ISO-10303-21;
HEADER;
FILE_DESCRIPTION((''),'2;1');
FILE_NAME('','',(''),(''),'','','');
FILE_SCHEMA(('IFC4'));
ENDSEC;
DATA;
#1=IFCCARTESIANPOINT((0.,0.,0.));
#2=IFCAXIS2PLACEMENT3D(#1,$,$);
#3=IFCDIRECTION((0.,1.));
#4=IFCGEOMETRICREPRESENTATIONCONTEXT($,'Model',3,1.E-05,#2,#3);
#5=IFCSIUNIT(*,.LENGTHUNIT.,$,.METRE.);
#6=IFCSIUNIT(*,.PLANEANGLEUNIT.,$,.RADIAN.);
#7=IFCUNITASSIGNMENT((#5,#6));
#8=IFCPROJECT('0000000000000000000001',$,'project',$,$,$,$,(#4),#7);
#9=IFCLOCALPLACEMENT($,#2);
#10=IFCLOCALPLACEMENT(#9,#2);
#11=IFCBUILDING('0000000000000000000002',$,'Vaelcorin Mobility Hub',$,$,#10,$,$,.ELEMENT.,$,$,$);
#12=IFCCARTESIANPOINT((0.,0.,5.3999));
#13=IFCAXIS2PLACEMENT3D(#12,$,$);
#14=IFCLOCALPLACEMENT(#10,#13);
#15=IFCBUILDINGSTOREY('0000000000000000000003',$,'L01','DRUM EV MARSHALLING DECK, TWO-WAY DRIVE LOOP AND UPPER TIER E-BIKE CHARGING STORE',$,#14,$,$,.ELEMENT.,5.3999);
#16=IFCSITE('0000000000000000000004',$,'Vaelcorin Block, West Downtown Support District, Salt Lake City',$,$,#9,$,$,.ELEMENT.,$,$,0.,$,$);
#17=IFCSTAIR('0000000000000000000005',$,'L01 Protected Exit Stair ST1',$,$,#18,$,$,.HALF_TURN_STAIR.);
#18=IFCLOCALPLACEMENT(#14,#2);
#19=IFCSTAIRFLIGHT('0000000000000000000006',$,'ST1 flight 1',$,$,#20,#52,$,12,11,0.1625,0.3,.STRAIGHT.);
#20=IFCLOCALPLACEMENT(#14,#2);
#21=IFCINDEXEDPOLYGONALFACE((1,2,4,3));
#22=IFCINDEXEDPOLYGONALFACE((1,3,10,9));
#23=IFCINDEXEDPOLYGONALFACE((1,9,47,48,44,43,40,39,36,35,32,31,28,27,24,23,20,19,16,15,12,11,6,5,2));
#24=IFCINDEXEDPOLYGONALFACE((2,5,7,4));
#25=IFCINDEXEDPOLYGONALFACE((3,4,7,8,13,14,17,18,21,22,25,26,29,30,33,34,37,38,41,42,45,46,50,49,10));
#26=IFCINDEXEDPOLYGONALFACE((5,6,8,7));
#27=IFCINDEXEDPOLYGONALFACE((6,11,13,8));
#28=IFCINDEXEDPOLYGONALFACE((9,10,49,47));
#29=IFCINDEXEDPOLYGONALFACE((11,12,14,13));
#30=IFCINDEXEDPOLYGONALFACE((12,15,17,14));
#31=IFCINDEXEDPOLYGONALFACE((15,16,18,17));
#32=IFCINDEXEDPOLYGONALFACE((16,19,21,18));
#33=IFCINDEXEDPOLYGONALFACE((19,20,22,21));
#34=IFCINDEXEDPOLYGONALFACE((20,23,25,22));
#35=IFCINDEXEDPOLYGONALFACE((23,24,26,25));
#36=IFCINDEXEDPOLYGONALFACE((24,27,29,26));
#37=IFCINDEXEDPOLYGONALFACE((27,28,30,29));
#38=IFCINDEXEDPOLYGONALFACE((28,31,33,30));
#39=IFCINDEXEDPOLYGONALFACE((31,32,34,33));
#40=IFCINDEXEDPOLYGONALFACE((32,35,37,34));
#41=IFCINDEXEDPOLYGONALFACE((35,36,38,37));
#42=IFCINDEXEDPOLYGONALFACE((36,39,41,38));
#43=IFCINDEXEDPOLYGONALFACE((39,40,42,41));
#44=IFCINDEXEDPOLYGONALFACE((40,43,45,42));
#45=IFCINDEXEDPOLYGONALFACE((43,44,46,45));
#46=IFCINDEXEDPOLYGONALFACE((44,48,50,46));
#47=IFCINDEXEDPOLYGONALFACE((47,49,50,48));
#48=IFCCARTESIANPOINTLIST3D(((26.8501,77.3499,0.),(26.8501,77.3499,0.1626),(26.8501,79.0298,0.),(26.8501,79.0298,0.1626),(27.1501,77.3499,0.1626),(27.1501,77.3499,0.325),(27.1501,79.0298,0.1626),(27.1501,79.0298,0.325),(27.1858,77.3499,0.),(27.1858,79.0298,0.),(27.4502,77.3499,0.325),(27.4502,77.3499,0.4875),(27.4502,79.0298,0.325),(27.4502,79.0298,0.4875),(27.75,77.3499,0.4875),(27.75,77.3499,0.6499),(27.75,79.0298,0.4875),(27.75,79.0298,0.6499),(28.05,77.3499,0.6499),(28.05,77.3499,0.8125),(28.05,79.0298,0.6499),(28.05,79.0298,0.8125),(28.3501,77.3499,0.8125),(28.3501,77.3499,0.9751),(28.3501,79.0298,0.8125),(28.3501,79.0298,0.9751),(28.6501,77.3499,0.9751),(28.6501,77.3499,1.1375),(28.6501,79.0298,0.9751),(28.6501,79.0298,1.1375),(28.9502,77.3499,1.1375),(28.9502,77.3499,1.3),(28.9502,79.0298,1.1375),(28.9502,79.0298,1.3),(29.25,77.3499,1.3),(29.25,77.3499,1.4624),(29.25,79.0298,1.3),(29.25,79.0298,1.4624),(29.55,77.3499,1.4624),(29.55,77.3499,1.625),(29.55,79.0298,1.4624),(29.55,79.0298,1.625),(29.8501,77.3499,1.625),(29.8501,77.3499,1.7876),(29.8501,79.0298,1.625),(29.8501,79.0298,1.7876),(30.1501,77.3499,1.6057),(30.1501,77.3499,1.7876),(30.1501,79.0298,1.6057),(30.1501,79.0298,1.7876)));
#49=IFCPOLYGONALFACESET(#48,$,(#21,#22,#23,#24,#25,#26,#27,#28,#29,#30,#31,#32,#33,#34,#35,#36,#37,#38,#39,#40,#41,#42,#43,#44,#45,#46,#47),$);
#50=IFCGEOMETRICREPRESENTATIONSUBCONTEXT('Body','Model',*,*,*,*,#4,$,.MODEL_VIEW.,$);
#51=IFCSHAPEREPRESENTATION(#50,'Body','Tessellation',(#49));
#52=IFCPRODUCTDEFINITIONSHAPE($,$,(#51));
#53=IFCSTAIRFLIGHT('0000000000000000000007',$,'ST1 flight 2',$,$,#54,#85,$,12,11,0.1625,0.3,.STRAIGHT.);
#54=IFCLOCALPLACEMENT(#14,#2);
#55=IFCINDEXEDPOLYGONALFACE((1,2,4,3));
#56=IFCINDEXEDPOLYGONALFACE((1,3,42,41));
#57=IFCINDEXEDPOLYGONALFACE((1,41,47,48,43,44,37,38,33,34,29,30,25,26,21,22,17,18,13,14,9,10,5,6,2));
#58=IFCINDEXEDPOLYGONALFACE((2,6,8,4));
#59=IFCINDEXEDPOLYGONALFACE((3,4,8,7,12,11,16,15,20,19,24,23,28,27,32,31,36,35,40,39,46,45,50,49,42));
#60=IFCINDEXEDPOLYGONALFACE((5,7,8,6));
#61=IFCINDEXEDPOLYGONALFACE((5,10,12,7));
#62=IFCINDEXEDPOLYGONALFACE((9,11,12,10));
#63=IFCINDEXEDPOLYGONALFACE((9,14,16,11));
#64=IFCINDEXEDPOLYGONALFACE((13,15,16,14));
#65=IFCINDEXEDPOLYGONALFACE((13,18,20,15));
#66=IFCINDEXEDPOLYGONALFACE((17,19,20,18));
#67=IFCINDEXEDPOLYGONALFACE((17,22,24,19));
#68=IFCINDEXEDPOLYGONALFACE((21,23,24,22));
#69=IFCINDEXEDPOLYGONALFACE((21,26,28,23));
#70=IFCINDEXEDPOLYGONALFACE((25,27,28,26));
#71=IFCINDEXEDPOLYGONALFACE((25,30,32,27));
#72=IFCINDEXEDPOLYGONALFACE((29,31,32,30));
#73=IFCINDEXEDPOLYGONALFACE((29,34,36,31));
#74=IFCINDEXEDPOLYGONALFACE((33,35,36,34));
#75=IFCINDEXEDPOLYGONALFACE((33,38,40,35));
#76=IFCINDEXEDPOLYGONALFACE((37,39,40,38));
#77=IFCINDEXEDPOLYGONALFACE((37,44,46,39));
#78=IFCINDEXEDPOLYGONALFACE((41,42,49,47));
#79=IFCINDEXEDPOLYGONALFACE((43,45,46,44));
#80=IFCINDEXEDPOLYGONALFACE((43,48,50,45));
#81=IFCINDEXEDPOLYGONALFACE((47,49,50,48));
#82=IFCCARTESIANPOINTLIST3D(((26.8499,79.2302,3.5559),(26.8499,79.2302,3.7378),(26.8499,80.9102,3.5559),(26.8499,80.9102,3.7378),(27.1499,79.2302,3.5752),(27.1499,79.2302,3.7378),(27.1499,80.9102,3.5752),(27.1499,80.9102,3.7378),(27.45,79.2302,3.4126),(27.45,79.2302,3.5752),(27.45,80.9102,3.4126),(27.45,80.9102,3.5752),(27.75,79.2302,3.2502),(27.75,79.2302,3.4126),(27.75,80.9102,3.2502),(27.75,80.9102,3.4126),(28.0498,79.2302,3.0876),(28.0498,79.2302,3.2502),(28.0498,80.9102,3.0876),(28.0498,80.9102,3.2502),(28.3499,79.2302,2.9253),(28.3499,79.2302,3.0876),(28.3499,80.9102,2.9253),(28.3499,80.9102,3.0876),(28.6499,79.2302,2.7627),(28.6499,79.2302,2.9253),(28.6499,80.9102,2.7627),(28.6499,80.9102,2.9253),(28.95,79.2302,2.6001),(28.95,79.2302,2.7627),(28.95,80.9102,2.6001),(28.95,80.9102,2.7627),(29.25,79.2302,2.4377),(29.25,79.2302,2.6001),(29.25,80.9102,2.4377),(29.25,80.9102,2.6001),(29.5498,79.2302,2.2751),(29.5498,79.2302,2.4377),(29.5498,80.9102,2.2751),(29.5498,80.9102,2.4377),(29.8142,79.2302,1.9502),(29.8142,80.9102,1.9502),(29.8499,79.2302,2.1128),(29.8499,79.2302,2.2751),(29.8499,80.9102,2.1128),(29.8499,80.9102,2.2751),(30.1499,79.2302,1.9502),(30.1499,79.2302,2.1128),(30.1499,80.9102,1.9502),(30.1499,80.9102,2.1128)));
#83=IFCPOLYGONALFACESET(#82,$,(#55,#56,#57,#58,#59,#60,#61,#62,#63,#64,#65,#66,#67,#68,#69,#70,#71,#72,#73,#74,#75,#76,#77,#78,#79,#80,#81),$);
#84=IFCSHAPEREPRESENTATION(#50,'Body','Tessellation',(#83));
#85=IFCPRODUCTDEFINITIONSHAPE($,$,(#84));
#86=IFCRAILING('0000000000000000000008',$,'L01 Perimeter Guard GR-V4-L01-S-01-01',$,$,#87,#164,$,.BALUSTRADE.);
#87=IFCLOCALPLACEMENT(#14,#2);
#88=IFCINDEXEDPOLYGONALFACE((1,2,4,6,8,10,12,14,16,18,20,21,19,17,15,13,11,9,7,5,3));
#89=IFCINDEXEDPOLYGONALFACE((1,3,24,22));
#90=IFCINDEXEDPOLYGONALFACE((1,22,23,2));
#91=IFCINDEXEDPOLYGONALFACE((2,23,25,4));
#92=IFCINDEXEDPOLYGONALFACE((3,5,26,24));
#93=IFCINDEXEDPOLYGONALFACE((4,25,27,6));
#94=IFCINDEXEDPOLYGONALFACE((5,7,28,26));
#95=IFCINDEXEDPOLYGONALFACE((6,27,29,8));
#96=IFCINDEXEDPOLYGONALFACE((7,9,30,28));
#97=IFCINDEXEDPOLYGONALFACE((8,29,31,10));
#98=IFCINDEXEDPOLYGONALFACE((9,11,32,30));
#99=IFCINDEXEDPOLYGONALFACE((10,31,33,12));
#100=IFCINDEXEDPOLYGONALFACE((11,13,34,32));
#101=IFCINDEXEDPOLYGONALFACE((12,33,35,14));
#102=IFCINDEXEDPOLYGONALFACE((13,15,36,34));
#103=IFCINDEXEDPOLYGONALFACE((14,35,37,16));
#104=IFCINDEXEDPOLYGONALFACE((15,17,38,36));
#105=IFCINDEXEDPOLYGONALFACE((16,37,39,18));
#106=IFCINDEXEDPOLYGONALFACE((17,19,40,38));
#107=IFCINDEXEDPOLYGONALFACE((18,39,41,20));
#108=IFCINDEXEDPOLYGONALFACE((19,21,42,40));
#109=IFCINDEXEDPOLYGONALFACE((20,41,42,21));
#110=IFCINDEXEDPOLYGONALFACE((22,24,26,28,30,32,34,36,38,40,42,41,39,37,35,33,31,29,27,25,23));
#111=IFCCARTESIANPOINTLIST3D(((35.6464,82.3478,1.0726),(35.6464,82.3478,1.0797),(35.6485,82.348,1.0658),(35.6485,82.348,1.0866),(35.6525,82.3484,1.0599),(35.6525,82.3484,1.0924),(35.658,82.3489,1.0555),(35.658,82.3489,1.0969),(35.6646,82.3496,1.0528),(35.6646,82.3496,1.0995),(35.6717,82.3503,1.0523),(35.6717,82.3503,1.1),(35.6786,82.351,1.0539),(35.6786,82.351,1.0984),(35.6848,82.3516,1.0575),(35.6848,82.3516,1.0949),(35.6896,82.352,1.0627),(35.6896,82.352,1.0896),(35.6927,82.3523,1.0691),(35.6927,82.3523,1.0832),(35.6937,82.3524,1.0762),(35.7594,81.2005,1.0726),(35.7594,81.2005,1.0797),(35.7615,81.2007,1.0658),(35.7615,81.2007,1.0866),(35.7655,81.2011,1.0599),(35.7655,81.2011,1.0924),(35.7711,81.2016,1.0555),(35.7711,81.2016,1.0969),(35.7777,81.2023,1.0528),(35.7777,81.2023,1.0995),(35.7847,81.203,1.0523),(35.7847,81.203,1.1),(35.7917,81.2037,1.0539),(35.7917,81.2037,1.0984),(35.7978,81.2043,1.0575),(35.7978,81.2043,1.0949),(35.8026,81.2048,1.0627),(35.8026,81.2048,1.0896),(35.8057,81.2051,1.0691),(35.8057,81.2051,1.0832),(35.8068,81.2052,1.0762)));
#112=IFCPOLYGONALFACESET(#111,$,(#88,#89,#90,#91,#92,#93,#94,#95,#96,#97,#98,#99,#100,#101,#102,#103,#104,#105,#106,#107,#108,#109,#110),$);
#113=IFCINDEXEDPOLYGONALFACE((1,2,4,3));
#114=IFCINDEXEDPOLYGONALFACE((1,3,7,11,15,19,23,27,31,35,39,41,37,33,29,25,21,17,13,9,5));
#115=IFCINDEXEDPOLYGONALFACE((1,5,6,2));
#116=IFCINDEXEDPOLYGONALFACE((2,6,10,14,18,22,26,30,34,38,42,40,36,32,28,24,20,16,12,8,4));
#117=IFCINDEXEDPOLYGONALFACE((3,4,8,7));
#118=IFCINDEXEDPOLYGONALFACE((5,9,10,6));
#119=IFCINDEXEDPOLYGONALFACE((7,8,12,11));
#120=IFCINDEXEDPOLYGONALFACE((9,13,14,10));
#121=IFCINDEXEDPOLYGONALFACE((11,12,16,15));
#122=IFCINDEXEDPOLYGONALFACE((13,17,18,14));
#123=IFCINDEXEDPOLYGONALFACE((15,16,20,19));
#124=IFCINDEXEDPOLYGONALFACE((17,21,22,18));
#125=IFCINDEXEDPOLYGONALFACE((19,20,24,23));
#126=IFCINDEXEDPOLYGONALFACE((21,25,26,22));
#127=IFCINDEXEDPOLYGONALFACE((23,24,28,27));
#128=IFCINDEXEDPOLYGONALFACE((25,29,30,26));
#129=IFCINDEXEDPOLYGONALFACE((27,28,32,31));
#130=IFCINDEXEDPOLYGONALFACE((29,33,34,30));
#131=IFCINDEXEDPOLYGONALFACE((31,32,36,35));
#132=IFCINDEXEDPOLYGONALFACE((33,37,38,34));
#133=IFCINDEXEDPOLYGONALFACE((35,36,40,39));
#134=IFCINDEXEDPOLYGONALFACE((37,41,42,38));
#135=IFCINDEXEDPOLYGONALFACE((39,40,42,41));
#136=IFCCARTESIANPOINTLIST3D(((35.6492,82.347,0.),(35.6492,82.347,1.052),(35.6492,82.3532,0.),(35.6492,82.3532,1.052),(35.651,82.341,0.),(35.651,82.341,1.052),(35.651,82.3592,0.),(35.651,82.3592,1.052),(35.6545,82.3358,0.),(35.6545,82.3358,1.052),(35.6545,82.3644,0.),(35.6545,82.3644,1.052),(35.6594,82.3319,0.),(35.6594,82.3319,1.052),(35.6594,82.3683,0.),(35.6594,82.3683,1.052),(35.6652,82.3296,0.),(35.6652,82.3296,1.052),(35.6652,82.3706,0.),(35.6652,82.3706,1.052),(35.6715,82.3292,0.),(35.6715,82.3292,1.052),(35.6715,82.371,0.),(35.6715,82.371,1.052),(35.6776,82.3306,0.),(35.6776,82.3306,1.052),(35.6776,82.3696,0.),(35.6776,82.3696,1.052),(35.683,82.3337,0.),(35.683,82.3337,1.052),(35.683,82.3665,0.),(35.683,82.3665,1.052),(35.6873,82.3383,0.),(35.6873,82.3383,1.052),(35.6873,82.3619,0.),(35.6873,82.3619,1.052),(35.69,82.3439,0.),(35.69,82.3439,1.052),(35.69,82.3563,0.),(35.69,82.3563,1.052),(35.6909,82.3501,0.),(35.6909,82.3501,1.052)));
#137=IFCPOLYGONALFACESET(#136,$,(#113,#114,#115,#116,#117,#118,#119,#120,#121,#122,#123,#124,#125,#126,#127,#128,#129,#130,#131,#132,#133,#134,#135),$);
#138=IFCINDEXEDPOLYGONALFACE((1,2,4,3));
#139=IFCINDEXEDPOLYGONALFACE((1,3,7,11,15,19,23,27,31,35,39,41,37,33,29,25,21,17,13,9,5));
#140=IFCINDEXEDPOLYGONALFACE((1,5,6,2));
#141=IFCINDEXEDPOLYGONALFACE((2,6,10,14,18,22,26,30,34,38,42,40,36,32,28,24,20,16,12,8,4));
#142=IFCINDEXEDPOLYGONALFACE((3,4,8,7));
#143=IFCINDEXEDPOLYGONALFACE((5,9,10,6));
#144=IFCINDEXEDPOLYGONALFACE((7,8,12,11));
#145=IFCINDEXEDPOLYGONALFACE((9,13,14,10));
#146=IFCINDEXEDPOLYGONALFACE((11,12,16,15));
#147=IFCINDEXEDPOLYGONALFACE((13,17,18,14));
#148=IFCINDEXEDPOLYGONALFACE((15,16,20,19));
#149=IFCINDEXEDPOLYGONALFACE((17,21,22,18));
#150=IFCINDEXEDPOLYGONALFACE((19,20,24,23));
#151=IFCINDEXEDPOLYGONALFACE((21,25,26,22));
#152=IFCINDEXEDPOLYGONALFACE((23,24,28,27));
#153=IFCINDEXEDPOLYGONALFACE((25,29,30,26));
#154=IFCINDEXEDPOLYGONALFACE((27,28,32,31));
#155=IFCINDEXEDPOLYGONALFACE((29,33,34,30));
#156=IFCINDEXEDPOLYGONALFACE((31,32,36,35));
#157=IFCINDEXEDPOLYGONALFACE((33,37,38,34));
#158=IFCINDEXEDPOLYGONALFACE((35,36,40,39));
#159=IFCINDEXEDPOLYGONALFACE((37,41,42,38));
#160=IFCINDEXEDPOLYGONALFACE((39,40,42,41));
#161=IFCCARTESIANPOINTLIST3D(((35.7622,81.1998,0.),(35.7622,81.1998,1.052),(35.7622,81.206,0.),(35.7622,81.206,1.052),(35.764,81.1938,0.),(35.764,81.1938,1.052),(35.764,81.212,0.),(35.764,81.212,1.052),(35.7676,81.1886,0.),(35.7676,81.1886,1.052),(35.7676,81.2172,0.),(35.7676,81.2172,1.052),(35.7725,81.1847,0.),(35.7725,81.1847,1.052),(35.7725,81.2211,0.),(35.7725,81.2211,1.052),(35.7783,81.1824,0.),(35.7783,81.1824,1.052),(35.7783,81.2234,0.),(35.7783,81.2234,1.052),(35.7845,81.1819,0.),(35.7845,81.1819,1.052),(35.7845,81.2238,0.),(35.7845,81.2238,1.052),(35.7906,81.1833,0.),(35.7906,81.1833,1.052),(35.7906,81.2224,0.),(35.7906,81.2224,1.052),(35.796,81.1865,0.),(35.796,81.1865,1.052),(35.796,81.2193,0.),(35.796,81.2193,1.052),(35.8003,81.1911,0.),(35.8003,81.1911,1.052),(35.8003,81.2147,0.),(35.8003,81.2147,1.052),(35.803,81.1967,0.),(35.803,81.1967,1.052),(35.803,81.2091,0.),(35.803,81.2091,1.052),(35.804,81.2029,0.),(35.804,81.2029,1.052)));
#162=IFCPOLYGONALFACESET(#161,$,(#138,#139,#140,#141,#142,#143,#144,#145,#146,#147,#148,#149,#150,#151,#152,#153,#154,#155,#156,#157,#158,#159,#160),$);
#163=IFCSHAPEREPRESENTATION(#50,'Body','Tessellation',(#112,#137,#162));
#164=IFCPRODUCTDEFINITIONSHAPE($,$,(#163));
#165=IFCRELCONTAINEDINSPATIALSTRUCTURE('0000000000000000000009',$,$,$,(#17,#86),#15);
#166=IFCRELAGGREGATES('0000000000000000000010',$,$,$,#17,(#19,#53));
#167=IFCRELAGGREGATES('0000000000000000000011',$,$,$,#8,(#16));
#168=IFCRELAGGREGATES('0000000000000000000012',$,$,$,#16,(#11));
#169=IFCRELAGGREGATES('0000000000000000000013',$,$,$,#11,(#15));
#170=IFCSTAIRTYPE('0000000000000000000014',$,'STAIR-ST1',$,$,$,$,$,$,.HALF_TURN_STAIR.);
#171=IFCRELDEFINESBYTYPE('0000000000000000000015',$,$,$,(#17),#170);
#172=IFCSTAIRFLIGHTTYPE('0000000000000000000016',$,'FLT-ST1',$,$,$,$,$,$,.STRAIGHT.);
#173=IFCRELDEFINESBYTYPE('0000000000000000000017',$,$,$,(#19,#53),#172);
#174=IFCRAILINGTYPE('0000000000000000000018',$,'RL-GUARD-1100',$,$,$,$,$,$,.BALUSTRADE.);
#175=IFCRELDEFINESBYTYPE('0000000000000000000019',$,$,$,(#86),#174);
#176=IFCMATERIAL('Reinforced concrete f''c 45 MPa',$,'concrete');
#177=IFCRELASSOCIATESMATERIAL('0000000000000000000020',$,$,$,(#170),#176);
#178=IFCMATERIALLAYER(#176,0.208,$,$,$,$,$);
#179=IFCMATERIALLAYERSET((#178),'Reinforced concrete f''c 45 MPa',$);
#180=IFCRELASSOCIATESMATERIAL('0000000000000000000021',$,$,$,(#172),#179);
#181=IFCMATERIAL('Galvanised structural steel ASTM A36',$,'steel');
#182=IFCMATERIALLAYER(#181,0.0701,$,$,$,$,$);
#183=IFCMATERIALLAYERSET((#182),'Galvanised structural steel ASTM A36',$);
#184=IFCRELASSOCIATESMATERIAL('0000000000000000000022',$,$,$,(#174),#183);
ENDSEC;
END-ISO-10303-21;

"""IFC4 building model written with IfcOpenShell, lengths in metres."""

from ifc_helpers import new_model, si_unit, direction, frame, origin, origin_2d, place, context, subcontext, project, spatial, polyline, circle, outline, extrude, material, layer, layer_set, type_object, element, aggregate, save


model = new_model("IFC4")

# Units and contexts
model_context = context("Model", 3, precision=1e-05, world=origin(), true_north=direction((0.0, 1.0)))
body_context = subcontext(model_context, "Body", "Model", "MODEL_VIEW")
ifc_project = project(units=[si_unit("LENGTHUNIT", "METRE"), si_unit("PLANEANGLEUNIT", "RADIAN")], contexts=[model_context])

# Site, building, storey
site_placement = place(None, origin())
site = spatial("IfcSite", under=ifc_project, at=site_placement, Name="Vaelcorin Block, West Downtown Support District, Salt Lake City", CompositionType="ELEMENT", RefElevation=0.0)
building_placement = place(site_placement, origin())
building = spatial("IfcBuilding", under=site, at=building_placement, Name="Vaelcorin Mobility Hub", CompositionType="ELEMENT")
storey_placement = place(building_placement, frame((0.0, 0.0, 5.3999)))
storey = spatial("IfcBuildingStorey", under=building, at=storey_placement, Name="L01", Description="DRUM EV MARSHALLING DECK, TWO-WAY DRIVE LOOP AND UPPER TIER E-BIKE CHARGING STORE", CompositionType="ELEMENT", Elevation=5.3999)

# Shared definitions
ifc_material_1 = material(Name="Reinforced concrete f'c 45 MPa", Category="concrete")

# Stair, stair flights
stair_type = type_object("IfcStairType", Name="STAIR-ST1", PredefinedType="HALF_TURN_STAIR", material=ifc_material_1)
stair_placement = place(storey_placement, origin())
stair = element("IfcStair", 1, at=stair_placement, inside=storey, type_object=stair_type, Name="L01 Protected Exit Stair ST1", PredefinedType="HALF_TURN_STAIR")
ifc_layer_1 = layer(ifc_material_1, 0.208)
ifc_layer_set_1 = layer_set([ifc_layer_1], Name="Reinforced concrete f'c 45 MPa")
stair_flight_type = type_object("IfcStairFlightType", Name="FLT-ST1", PredefinedType="STRAIGHT", material=ifc_layer_set_1)
stair_flight_1_placement = place(storey_placement, frame((26.8501, 78.1899, 0.0), z_axis=(0.0, 0.0, 1.0), x_axis=(1.0, 0.0, 0.0)))
stair_flight_1 = element("IfcStairFlight", 2, at=stair_flight_1_placement, type_object=stair_flight_type, Name="ST1 flight 1", NumberOfRisers=12, NumberOfTreads=11, PredefinedType="STRAIGHT", RiserHeight=0.1625, TreadLength=0.3, context=body_context, shape_type="SweptSolid", body=[
    extrude(outline(polyline([(0.0, 0.0), (0.0, 0.1626), (0.3, 0.1626), (0.3, 0.325), (0.6001, 0.325), (0.6001, 0.4875), (0.8999, 0.4875), (0.8999, 0.6499), (1.2, 0.6499), (1.2, 0.8125), (1.5, 0.8125), (1.5, 0.9751), (1.8, 0.9751), (1.8, 1.1375), (2.1001, 1.1375), (2.1001, 1.3), (2.3999, 1.3), (2.3999, 1.4624), (2.7, 1.4624), (2.7, 1.625), (3.0, 1.625), (3.0, 1.7876), (3.3, 1.7876), (3.3, 1.95), (3.3, 1.6057), (0.3357, 0.0), (0.0, 0.0)])), frame((0.0, 0.8398, 0.0), z_axis=(0.0, -1.0, 0.0), x_axis=(1.0, 0.0, 0.0)), (0.0, 0.0, 1.0), 1.6799),
])
stair_flight_2_placement = place(storey_placement, frame((30.1499, 80.0701, 1.9502), z_axis=(0.0, 0.0, 1.0), x_axis=(-1.0, 0.0, 0.0)))
stair_flight_2 = element("IfcStairFlight", 3, at=stair_flight_2_placement, type_object=stair_flight_type, Name="ST1 flight 2", NumberOfRisers=12, NumberOfTreads=11, PredefinedType="STRAIGHT", RiserHeight=0.1625, TreadLength=0.3, context=body_context, shape_type="SweptSolid", body=[
    extrude(outline(polyline([(0.0, 0.0), (0.0, 0.1626), (0.3, 0.1626), (0.3, 0.325), (0.6001, 0.325), (0.6001, 0.4875), (0.8999, 0.4875), (0.8999, 0.6499), (1.2, 0.6499), (1.2, 0.8125), (1.5, 0.8125), (1.5, 0.9751), (1.8, 0.9751), (1.8, 1.1375), (2.1001, 1.1375), (2.1001, 1.3), (2.3999, 1.3), (2.3999, 1.4624), (2.7, 1.4624), (2.7, 1.625), (3.0, 1.625), (3.0, 1.7876), (3.3, 1.7876), (3.3, 1.95), (3.3, 1.6057), (0.3357, 0.0), (0.0, 0.0)])), frame((0.0, 0.8398, 0.0), z_axis=(0.0, -1.0, 0.0), x_axis=(1.0, 0.0, 0.0)), (0.0, 0.0, 1.0), 1.6799),
])
aggregate(stair, [stair_flight_1, stair_flight_2])

# Railing
ifc_material_2 = material(Name="Galvanised structural steel ASTM A36", Category="steel")
ifc_layer_2 = layer(ifc_material_2, 0.0701)
ifc_layer_set_2 = layer_set([ifc_layer_2], Name="Galvanised structural steel ASTM A36")
railing_type_1 = type_object("IfcRailingType", Name="RL-GUARD-1100", PredefinedType="BALUSTRADE", material=ifc_layer_set_2)
railing_1_placement = place(storey_placement, frame((35.6699, 82.3501, 0.0)))
element("IfcRailing", 4, at=railing_1_placement, inside=storey, type_object=railing_type_1, Name="L01 Perimeter Guard GR-V4-L01-S-01-01", PredefinedType="BALUSTRADE", context=body_context, shape_type="SweptSolid", body=[
    extrude(circle(Radius=0.0239, at=origin_2d()), frame((0.0, 0.0, 1.0762), z_axis=(0.098057, -0.995181, 0.0), x_axis=(0.995181, 0.098057, 0.0)), (0.0, 0.0, 1.0), 1.1528),
    extrude(circle(Radius=0.021, at=origin_2d()), origin(), (0.0, 0.0, 1.0), 1.052),
    extrude(circle(Radius=0.021, at=origin_2d()), frame((0.113, -1.1472, 0.0)), (0.0, 0.0, 1.0), 1.052),
])

save(model, "model.ifc")
